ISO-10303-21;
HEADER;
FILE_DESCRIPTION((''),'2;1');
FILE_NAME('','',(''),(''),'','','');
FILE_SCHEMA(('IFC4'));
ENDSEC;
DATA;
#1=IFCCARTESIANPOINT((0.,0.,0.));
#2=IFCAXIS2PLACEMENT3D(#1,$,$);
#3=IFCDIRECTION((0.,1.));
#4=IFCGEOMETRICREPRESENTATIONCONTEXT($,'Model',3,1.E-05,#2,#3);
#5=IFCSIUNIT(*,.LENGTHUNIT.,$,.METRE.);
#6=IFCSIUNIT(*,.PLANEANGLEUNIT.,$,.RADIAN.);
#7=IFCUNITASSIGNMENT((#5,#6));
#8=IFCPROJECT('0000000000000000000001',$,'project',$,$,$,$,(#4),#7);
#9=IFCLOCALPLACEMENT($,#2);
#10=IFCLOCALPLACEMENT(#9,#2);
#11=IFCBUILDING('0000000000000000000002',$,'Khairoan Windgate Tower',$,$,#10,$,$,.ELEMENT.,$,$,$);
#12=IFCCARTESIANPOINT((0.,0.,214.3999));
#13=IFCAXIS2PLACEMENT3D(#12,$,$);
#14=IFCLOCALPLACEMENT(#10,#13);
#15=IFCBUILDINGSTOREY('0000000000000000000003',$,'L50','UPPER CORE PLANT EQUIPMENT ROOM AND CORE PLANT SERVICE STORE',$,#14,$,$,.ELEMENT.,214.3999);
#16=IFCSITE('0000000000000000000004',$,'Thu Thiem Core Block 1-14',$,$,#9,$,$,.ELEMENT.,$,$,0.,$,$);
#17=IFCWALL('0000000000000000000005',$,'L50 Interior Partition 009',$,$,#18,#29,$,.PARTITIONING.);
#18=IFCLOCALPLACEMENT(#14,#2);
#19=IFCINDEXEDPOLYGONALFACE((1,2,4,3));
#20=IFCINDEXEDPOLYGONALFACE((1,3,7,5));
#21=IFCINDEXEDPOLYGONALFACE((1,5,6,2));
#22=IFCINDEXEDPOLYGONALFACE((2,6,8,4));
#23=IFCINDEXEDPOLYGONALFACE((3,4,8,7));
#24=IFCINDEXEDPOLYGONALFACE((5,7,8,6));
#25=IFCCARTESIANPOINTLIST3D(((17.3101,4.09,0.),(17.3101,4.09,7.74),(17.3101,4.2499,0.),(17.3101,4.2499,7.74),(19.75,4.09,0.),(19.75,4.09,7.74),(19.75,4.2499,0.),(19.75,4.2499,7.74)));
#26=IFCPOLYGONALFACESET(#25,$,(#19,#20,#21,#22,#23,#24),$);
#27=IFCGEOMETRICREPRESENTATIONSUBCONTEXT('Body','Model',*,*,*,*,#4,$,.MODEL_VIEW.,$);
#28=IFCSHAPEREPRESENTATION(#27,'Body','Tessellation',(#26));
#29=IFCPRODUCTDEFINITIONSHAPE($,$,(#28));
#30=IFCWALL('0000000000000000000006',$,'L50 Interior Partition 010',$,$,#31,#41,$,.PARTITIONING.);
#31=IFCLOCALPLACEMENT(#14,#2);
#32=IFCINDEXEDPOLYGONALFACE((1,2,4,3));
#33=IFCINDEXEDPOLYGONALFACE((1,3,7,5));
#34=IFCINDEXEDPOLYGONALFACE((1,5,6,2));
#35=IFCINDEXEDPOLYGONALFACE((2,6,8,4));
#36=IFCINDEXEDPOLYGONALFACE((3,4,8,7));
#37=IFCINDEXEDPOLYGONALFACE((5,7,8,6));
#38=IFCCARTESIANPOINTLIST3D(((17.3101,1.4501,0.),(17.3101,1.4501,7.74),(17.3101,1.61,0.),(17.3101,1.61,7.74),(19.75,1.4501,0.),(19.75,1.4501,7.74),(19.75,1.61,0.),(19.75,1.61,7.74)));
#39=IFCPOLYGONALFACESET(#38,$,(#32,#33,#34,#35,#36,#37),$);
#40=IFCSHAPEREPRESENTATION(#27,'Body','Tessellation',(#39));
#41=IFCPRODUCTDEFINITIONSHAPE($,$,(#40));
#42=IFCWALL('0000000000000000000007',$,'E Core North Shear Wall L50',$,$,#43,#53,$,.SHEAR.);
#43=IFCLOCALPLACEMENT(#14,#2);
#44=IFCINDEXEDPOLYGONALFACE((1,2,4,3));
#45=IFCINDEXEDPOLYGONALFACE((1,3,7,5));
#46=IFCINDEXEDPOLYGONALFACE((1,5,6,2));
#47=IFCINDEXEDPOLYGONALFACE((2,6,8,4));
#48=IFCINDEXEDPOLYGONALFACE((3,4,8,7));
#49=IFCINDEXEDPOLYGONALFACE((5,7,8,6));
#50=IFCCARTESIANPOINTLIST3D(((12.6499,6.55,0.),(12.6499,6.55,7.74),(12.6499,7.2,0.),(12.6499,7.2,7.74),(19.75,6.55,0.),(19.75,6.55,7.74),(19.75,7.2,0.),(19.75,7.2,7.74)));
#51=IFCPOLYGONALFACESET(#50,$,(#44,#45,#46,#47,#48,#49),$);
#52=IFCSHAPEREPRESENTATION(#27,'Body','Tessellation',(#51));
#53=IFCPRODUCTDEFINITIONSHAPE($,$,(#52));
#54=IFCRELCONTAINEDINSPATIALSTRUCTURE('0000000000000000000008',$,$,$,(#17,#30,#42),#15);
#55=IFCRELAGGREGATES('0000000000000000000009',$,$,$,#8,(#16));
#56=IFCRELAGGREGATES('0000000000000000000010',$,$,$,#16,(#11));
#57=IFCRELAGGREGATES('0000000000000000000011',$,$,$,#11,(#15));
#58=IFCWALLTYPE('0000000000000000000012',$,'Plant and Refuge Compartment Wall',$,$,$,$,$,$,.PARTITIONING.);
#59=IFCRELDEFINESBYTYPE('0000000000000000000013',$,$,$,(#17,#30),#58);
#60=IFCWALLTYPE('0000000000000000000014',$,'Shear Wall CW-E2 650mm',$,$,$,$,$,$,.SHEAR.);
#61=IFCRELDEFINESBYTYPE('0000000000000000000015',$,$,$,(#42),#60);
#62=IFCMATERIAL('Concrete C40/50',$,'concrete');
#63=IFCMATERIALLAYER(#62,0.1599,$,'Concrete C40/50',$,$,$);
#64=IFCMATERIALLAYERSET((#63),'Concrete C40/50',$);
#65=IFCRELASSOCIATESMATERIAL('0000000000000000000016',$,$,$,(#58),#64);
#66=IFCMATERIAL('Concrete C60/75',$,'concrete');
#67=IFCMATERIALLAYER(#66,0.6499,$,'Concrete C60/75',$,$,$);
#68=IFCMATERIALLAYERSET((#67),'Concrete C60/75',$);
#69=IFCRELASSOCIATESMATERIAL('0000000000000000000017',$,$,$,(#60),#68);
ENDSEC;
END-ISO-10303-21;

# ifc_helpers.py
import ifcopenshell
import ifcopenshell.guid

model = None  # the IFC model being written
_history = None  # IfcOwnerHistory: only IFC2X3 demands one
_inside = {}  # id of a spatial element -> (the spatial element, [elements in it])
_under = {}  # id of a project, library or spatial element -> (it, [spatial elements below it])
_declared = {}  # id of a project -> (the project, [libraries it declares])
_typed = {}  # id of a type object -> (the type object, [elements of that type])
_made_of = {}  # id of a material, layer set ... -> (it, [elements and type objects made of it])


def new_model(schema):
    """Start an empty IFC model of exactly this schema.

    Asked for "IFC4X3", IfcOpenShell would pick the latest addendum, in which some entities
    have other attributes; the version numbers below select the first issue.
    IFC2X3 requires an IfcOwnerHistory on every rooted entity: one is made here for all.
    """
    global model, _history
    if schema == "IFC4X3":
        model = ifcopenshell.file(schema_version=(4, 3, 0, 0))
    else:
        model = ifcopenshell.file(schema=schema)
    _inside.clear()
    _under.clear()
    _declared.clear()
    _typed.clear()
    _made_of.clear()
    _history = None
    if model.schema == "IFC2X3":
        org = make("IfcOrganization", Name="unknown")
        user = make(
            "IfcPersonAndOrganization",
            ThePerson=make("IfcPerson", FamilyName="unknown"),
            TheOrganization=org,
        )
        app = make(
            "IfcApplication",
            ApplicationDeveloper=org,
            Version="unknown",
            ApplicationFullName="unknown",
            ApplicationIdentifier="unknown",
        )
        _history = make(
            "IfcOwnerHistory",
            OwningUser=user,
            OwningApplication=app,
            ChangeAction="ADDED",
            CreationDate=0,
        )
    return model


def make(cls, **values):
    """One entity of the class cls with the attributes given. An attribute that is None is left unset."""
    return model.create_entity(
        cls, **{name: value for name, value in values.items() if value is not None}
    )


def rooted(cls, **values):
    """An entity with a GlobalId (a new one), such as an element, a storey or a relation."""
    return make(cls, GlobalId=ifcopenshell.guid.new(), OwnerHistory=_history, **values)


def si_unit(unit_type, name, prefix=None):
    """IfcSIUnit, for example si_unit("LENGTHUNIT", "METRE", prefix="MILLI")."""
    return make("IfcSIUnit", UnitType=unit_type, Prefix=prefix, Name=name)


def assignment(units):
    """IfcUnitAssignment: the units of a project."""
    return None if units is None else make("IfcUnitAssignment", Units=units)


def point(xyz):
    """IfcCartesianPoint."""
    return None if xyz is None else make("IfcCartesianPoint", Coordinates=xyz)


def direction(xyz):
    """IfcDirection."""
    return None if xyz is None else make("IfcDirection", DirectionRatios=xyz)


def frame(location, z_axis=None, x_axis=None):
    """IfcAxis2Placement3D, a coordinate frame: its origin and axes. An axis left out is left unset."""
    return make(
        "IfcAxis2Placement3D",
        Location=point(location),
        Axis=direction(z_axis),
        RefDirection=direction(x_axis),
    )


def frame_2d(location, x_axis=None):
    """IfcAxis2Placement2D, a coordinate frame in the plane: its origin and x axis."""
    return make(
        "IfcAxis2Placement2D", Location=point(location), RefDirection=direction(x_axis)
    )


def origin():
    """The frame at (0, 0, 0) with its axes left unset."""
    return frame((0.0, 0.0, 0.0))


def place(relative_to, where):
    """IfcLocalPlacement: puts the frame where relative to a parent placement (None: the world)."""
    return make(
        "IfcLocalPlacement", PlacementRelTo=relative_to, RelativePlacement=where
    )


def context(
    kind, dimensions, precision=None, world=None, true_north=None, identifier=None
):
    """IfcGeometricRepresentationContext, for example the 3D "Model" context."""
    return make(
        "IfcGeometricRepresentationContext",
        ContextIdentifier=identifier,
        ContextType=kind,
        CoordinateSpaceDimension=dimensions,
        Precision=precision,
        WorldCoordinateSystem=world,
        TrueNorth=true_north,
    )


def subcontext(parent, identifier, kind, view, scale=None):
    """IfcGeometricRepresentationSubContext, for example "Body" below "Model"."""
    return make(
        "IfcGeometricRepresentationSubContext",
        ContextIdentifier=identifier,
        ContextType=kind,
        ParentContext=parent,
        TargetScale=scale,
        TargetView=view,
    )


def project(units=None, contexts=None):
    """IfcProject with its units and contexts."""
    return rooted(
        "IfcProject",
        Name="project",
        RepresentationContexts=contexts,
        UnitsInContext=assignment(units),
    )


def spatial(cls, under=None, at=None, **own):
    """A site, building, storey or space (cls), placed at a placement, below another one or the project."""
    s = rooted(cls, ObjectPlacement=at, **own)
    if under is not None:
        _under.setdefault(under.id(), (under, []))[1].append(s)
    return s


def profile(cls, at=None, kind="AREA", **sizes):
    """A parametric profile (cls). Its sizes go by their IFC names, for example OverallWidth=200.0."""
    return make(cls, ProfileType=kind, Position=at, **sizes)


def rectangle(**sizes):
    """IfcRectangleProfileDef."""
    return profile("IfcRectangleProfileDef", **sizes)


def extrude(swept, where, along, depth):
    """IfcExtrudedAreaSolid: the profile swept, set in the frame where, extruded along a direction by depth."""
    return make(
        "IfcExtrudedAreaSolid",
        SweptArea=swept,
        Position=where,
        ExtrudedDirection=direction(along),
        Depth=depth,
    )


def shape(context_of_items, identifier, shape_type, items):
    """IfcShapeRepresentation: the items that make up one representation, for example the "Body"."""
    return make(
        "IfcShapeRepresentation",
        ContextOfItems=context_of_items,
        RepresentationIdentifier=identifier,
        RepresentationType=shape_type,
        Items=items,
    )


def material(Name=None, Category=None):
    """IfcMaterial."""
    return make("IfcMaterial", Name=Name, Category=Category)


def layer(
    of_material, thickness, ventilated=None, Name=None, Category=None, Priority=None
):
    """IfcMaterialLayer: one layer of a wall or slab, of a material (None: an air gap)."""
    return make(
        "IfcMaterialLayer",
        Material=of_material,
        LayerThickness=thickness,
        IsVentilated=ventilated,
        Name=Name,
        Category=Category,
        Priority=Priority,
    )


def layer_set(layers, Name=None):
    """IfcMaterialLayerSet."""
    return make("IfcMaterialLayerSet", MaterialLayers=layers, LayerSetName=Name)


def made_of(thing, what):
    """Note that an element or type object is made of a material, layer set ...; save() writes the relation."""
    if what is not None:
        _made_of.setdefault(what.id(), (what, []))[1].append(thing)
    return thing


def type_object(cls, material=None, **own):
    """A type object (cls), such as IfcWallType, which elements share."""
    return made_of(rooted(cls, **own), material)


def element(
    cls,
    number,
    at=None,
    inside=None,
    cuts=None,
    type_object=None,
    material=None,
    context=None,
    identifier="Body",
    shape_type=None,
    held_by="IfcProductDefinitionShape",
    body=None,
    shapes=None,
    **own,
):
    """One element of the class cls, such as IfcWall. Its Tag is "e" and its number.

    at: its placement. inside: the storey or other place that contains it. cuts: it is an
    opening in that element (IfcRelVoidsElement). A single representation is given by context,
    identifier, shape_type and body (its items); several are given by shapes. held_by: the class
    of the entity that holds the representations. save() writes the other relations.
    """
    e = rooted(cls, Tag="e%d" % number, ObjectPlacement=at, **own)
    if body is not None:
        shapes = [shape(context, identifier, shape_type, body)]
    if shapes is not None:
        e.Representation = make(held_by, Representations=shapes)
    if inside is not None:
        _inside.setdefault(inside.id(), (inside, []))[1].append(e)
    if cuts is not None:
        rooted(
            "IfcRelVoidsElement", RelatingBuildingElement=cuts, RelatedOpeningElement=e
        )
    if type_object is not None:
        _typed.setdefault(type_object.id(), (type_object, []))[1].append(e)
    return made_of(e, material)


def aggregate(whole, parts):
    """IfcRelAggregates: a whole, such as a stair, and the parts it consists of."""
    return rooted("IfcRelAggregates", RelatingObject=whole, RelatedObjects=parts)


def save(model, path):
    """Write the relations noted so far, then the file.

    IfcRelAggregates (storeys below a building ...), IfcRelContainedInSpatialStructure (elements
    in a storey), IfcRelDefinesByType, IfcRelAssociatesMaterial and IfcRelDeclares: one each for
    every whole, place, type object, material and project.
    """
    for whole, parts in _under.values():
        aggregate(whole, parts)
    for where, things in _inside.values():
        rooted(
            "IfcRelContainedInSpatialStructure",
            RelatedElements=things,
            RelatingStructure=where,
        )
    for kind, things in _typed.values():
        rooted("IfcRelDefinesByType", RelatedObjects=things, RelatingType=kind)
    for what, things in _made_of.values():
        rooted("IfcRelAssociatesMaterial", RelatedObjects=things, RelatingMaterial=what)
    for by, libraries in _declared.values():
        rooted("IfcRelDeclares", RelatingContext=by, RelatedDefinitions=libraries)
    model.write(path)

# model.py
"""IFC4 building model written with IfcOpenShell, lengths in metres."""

from ifc_helpers import new_model, si_unit, direction, frame, frame_2d, origin, place, context, subcontext, project, spatial, rectangle, extrude, material, layer, layer_set, type_object, element, save


model = new_model("IFC4")

# Units and contexts
model_context = context("Model", 3, precision=1e-05, world=origin(), true_north=direction((0.0, 1.0)))
body_context = subcontext(model_context, "Body", "Model", "MODEL_VIEW")
ifc_project = project(units=[si_unit("LENGTHUNIT", "METRE"), si_unit("PLANEANGLEUNIT", "RADIAN")], contexts=[model_context])

# Site, building, storey
site_placement = place(None, origin())
site = spatial("IfcSite", under=ifc_project, at=site_placement, Name="Thu Thiem Core Block 1-14", CompositionType="ELEMENT", RefElevation=0.0)
building_placement = place(site_placement, origin())
building = spatial("IfcBuilding", under=site, at=building_placement, Name="Khairoan Windgate Tower", CompositionType="ELEMENT")
storey_placement = place(building_placement, frame((0.0, 0.0, 214.3999)))
storey = spatial("IfcBuildingStorey", under=building, at=storey_placement, Name="L50", Description="UPPER CORE PLANT EQUIPMENT ROOM AND CORE PLANT SERVICE STORE", CompositionType="ELEMENT", Elevation=214.3999)

# Shared definitions
ifc_material_1 = material(Name="Concrete C40/50", Category="concrete")
ifc_layer_1 = layer(ifc_material_1, 0.1599, Name="Concrete C40/50")
ifc_layer_set_1 = layer_set([ifc_layer_1], Name="Concrete C40/50")
wall_type_1 = type_object("IfcWallType", Name="Plant and Refuge Compartment Wall", PredefinedType="PARTITIONING", material=ifc_layer_set_1)

# Walls
for number, where, z_axis, x_axis, name in (
    (1, (17.3101, 4.1699, 0.0), (0.0, 0.0, 1.0), (1.0, 0.0, 0.0), "L50 Interior Partition 009"),
    (2, (17.3101, 1.53, 0.0), (0.0, 0.0, 1.0), (1.0, 0.0, 0.0), "L50 Interior Partition 010"),
):
    element("IfcWall", number, at=place(storey_placement, frame(where, z_axis=z_axis, x_axis=x_axis)), inside=storey, type_object=wall_type_1, Name=name, PredefinedType="PARTITIONING", context=body_context, shape_type="SweptSolid", body=[
        extrude(rectangle(XDim=2.4399, YDim=0.1599, at=frame_2d((1.22, 0.0))), origin(), (0.0, 0.0, 1.0), 7.74),
    ])
ifc_material_2 = material(Name="Concrete C60/75", Category="concrete")
ifc_layer_2 = layer(ifc_material_2, 0.6499, Name="Concrete C60/75")
ifc_layer_set_2 = layer_set([ifc_layer_2], Name="Concrete C60/75")
wall_type_2 = type_object("IfcWallType", Name="Shear Wall CW-E2 650mm", PredefinedType="SHEAR", material=ifc_layer_set_2)
wall_1_placement = place(storey_placement, frame((12.6499, 6.875, 0.0), z_axis=(0.0, 0.0, 1.0), x_axis=(1.0, 0.0, 0.0)))
element("IfcWall", 3, at=wall_1_placement, inside=storey, type_object=wall_type_2, Name="E Core North Shear Wall L50", PredefinedType="SHEAR", context=body_context, shape_type="SweptSolid", body=[
    extrude(rectangle(XDim=7.1001, YDim=0.6499, at=frame_2d((3.55, 0.0))), origin(), (0.0, 0.0, 1.0), 7.74),
])

save(model, "model.ifc")
